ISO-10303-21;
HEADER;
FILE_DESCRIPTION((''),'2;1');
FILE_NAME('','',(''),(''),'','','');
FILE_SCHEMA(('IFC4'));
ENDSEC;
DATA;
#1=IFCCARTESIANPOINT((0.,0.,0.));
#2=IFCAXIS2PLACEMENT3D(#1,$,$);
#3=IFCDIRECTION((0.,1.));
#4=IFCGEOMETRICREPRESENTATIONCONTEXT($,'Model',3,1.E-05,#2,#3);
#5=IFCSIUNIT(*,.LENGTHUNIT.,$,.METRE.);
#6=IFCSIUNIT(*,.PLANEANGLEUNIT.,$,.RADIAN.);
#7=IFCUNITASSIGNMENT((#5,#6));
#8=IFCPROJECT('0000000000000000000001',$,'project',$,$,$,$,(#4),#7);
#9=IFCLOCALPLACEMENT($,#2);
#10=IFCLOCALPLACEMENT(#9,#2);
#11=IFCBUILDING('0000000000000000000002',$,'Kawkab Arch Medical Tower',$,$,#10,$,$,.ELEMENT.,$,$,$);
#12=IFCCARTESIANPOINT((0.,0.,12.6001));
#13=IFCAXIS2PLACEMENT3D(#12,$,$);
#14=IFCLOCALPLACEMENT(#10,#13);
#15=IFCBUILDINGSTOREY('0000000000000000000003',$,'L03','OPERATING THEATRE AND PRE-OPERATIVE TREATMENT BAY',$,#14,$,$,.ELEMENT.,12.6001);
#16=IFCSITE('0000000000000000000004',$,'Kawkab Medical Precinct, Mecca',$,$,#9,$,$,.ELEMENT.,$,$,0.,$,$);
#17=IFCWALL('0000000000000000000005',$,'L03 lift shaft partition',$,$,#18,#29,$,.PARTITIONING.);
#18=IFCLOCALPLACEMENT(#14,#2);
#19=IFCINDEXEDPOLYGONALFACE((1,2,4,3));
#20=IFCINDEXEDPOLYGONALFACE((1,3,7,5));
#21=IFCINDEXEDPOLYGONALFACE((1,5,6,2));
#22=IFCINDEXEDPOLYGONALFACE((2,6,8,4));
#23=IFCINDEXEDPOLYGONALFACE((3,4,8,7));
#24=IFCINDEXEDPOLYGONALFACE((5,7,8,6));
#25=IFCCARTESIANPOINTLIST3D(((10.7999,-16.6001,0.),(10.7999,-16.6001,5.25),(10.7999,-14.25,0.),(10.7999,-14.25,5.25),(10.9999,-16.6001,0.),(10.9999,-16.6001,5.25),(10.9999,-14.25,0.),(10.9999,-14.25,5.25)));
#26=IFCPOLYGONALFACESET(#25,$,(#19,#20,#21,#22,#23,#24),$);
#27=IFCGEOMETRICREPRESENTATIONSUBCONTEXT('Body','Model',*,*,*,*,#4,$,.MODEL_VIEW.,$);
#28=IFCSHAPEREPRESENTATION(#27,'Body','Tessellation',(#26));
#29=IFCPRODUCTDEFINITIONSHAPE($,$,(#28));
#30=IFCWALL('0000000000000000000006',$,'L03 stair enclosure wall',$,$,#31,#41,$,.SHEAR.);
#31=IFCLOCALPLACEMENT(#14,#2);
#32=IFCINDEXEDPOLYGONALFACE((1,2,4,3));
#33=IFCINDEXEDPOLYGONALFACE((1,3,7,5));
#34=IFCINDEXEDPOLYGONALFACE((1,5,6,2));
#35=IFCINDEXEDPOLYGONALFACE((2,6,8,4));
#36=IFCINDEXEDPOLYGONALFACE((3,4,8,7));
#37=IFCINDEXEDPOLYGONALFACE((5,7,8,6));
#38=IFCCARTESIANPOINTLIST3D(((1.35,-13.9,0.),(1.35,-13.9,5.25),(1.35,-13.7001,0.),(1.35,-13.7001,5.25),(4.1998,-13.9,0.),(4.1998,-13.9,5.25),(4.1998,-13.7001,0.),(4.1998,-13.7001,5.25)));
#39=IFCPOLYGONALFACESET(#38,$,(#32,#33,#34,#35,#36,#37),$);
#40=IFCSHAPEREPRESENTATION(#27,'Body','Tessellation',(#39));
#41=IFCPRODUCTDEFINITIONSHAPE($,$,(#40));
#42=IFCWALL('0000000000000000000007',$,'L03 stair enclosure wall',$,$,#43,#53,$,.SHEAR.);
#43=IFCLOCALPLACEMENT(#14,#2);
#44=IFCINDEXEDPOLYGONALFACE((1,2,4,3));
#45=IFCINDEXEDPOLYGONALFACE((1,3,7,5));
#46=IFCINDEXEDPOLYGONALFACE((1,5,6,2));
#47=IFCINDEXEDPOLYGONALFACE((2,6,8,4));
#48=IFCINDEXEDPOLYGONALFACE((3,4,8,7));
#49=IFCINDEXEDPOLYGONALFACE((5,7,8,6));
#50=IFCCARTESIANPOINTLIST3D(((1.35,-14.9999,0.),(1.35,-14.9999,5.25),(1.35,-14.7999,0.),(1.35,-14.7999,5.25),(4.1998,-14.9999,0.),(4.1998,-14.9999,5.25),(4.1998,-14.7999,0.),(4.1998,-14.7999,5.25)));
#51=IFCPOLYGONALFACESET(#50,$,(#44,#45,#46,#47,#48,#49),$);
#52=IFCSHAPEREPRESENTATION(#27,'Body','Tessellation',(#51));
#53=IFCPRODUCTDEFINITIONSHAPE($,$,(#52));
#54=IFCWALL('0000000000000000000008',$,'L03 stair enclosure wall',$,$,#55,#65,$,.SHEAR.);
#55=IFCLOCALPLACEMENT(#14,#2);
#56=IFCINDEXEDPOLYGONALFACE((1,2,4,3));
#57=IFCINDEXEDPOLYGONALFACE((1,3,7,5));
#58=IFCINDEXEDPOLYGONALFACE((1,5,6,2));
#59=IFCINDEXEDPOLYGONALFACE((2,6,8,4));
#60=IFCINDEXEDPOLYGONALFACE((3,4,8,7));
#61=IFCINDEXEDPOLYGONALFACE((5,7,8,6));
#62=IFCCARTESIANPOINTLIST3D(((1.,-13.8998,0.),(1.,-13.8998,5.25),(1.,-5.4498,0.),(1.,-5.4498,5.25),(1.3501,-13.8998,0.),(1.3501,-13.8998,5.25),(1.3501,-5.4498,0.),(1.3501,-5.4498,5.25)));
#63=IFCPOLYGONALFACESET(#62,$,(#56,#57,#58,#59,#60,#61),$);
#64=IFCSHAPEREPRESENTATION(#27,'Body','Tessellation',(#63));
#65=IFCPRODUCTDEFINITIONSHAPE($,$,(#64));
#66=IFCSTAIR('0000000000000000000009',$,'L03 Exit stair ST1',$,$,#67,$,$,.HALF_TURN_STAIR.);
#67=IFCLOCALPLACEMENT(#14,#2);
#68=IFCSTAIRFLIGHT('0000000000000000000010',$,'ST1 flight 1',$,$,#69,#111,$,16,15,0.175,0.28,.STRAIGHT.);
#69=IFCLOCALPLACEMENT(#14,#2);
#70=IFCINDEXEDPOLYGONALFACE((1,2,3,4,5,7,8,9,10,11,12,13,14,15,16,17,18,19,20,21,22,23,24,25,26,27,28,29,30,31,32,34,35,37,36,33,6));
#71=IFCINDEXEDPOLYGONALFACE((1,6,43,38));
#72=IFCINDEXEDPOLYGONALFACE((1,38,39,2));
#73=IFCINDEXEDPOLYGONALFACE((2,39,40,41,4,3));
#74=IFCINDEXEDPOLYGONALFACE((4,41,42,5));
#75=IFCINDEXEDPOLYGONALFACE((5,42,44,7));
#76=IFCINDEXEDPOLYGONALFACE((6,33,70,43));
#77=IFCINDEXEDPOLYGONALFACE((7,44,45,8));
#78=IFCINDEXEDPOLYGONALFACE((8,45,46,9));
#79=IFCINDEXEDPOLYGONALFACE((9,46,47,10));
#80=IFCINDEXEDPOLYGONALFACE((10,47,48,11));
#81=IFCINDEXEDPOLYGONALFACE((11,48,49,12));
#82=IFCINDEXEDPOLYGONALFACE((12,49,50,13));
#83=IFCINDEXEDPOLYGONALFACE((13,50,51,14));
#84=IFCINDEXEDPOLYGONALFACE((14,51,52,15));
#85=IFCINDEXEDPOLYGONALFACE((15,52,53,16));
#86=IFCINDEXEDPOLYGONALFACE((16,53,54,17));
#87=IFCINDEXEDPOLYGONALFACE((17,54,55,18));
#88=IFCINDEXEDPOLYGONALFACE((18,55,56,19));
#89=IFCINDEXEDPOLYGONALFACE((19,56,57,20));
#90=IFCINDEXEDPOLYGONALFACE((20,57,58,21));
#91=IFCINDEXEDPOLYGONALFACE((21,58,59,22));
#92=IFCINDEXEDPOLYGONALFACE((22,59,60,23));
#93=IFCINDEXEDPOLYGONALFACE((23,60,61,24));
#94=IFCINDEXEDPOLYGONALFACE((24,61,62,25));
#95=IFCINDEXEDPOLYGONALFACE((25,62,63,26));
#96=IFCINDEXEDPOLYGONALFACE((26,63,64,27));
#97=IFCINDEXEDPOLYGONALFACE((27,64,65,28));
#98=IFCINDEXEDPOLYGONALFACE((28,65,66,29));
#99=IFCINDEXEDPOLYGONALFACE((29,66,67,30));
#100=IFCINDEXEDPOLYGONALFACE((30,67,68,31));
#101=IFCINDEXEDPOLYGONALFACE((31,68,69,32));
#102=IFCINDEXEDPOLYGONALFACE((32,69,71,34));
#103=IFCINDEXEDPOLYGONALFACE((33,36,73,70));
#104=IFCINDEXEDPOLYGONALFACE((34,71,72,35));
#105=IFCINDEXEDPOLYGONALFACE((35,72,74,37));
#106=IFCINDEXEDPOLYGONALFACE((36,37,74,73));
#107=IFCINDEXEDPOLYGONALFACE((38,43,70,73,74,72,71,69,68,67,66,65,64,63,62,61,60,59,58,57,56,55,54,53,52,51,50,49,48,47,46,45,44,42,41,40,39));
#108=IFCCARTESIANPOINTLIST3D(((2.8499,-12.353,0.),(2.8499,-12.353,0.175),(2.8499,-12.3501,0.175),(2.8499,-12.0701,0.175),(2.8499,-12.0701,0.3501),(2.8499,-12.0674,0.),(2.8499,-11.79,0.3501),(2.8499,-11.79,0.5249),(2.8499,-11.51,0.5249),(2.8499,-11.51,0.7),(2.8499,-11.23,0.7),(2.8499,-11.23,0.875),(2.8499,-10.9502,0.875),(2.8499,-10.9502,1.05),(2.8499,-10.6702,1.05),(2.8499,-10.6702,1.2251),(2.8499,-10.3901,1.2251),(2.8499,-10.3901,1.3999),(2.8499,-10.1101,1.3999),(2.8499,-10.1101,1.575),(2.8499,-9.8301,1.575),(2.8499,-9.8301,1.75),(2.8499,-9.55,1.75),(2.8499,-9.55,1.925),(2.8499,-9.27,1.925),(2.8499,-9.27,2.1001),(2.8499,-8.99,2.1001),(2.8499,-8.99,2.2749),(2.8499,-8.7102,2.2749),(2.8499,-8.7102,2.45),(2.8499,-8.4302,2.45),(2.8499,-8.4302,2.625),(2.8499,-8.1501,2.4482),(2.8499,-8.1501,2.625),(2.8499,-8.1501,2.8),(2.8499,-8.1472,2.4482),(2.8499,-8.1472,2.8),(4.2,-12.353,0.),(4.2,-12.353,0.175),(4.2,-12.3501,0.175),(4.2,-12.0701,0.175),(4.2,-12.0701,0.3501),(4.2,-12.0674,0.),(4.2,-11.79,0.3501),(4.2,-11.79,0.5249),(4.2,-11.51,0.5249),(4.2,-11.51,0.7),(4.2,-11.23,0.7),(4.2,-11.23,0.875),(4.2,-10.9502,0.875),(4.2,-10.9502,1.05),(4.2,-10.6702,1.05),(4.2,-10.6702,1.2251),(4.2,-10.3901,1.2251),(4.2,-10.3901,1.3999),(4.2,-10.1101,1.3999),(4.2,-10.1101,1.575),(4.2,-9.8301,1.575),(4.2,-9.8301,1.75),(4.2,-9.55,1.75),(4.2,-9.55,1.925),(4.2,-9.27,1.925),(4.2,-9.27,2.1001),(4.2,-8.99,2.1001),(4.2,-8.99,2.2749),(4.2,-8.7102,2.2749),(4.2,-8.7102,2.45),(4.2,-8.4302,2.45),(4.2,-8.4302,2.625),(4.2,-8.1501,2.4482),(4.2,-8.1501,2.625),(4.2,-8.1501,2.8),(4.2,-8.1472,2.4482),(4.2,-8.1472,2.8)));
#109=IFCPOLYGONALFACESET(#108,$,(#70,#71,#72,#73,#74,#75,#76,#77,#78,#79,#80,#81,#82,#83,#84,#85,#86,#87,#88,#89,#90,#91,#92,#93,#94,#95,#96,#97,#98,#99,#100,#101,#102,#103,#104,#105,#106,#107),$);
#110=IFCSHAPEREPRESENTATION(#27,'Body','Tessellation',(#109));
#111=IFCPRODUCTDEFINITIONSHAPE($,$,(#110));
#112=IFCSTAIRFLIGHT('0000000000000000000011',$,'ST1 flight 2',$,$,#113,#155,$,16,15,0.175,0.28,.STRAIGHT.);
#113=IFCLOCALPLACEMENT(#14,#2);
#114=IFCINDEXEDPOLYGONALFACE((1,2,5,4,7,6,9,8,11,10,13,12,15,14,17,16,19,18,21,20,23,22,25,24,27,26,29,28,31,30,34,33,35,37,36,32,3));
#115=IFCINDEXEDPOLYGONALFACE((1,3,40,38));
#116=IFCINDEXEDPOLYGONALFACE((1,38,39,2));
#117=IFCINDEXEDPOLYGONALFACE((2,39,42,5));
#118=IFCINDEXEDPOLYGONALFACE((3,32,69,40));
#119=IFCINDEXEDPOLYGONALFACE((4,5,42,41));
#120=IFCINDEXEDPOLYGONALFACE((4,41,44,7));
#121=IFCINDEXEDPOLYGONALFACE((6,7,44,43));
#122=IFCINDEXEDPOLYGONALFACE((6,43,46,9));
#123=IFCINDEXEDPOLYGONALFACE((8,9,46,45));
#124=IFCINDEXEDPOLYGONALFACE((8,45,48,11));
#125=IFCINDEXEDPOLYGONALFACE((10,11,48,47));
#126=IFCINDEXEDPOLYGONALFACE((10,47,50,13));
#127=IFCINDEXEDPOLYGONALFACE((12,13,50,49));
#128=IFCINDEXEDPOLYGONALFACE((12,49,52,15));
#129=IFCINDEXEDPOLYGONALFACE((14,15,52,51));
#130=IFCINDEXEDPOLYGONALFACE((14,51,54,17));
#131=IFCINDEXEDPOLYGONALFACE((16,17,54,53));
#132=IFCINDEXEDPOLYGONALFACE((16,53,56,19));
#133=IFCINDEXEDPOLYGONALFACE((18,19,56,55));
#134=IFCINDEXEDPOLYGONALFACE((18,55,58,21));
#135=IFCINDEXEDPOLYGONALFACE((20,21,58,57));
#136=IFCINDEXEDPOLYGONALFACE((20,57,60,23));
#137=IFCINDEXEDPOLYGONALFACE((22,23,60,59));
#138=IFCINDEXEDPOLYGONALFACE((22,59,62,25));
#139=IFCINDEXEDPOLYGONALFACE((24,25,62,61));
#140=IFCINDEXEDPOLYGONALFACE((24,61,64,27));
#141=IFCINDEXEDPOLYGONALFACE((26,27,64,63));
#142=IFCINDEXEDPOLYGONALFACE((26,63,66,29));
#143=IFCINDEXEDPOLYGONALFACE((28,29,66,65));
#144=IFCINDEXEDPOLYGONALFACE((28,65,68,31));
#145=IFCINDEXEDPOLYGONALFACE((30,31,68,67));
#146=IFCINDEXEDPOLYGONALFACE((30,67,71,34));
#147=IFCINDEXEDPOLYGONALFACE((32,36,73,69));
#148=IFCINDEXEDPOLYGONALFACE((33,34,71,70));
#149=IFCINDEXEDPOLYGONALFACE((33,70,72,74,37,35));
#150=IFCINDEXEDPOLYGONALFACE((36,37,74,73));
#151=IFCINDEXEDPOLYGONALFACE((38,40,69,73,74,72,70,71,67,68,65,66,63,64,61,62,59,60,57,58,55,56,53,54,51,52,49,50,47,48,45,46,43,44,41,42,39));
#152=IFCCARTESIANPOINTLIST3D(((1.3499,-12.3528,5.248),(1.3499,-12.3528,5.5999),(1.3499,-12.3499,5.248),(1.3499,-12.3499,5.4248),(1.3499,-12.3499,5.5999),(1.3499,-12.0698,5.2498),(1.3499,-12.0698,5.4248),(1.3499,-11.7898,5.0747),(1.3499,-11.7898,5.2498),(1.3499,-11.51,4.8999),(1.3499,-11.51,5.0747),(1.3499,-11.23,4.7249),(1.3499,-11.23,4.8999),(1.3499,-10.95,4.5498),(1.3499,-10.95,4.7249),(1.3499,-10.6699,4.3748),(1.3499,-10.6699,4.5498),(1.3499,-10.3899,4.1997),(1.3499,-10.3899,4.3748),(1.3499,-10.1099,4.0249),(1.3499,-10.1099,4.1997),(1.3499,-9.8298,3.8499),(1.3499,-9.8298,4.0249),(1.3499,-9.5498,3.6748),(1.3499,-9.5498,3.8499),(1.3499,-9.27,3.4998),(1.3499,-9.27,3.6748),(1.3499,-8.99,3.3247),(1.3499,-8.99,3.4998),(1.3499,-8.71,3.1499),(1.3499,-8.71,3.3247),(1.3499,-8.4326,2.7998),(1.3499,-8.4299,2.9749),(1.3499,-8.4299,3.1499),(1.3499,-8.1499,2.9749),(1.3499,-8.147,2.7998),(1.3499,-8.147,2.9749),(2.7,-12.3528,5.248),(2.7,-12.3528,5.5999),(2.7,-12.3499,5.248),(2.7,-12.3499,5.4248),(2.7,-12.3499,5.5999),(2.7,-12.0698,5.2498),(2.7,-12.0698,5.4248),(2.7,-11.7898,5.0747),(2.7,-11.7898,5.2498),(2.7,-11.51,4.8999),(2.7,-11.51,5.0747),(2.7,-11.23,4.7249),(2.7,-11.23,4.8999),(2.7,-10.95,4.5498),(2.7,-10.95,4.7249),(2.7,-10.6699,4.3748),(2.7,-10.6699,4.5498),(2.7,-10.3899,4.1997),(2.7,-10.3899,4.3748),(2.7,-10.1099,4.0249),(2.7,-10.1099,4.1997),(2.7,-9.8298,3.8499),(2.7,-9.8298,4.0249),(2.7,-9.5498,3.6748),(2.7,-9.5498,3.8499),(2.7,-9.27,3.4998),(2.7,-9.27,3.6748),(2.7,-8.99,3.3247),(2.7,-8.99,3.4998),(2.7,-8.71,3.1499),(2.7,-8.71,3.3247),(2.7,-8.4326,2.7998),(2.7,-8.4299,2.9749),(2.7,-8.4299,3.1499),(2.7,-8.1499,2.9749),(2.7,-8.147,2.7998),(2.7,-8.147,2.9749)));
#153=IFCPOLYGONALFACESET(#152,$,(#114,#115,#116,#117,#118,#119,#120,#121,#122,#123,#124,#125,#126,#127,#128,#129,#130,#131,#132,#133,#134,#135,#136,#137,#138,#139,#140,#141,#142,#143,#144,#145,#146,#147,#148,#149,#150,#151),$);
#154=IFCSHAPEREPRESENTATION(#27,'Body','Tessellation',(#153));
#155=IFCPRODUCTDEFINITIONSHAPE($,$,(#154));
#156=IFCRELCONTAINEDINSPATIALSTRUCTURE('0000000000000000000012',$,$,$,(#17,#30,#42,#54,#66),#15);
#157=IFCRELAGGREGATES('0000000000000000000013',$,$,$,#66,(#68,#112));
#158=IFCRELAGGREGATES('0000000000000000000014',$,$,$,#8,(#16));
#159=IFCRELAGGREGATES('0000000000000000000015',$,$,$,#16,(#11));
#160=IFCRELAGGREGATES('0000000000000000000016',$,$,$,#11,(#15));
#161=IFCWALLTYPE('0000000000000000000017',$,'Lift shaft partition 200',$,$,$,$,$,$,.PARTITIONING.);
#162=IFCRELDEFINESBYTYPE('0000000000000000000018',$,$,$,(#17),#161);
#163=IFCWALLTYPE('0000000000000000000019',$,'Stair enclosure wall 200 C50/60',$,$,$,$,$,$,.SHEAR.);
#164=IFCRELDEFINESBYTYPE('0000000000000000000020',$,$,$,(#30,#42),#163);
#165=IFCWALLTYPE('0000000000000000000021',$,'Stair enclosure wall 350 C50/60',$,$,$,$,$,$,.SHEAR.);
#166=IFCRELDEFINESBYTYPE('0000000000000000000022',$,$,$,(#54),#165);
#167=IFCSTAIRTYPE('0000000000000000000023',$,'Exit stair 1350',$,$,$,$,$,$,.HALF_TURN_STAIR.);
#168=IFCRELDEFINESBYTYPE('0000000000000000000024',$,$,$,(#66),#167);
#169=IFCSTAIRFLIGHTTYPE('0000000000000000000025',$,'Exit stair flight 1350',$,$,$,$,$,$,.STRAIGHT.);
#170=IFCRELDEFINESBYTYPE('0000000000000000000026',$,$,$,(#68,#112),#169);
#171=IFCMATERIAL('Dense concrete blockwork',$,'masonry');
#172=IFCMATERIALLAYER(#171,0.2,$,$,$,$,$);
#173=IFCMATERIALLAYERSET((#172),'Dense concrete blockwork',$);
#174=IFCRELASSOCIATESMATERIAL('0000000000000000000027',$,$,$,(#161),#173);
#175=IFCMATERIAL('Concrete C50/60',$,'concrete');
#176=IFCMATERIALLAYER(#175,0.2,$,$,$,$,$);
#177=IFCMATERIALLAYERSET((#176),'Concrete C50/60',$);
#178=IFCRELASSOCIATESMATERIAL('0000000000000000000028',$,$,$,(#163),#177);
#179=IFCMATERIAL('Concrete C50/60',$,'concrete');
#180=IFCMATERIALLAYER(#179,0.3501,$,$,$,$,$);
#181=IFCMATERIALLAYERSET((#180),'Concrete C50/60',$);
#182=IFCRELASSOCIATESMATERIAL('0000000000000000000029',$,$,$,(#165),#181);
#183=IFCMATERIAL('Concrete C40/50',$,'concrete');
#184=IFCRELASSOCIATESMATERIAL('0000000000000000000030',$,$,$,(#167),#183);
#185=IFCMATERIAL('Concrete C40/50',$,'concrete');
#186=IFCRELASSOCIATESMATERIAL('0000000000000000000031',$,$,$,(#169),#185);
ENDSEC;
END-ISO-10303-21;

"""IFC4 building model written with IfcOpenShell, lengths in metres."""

from ifc_helpers import new_model, si_unit, direction, frame, frame_2d, origin, place, context, subcontext, project, spatial, polyline, rectangle, outline, extrude, material, layer, layer_set, type_object, element, aggregate, save


model = new_model("IFC4")

# Units and contexts
model_context = context("Model", 3, precision=1e-05, world=origin(), true_north=direction((0.0, 1.0)))
body_context = subcontext(model_context, "Body", "Model", "MODEL_VIEW")
ifc_project = project(units=[si_unit("LENGTHUNIT", "METRE"), si_unit("PLANEANGLEUNIT", "RADIAN")], contexts=[model_context])

# Site, building, storey
site_placement = place(None, origin())
site = spatial("IfcSite", under=ifc_project, at=site_placement, Name="Kawkab Medical Precinct, Mecca", CompositionType="ELEMENT", RefElevation=0.0)
building_placement = place(site_placement, origin())
building = spatial("IfcBuilding", under=site, at=building_placement, Name="Kawkab Arch Medical Tower", CompositionType="ELEMENT")
storey_placement = place(building_placement, frame((0.0, 0.0, 12.6001)))
storey = spatial("IfcBuildingStorey", under=building, at=storey_placement, Name="L03", Description="OPERATING THEATRE AND PRE-OPERATIVE TREATMENT BAY", CompositionType="ELEMENT", Elevation=12.6001)

# Walls
ifc_material_1 = material(Name="Dense concrete blockwork", Category="masonry")
ifc_layer_1 = layer(ifc_material_1, 0.2)
ifc_layer_set_1 = layer_set([ifc_layer_1], Name="Dense concrete blockwork")
wall_type_1 = type_object("IfcWallType", Name="Lift shaft partition 200", PredefinedType="PARTITIONING", material=ifc_layer_set_1)
for number, where, z_axis, x_axis, name in (
    (1, (10.8999, -16.6001, 0.0), (0.0, 0.0, 1.0), (0.0, 1.0, 0.0), "L03 lift shaft partition"),
):
    element("IfcWall", number, at=place(storey_placement, frame(where, z_axis=z_axis, x_axis=x_axis)), inside=storey, type_object=wall_type_1, Name=name, PredefinedType="PARTITIONING", context=body_context, shape_type="SweptSolid", body=[
        extrude(rectangle(XDim=2.3501, YDim=0.2, at=frame_2d((1.175, 0.0))), origin(), (0.0, 0.0, 1.0), 5.25),
    ])
ifc_material_2 = material(Name="Concrete C50/60", Category="concrete")
ifc_layer_2 = layer(ifc_material_2, 0.2)
ifc_layer_set_2 = layer_set([ifc_layer_2], Name="Concrete C50/60")
wall_type_2 = type_object("IfcWallType", Name="Stair enclosure wall 200 C50/60", PredefinedType="SHEAR", material=ifc_layer_set_2)
for number, where, z_axis, x_axis, name in (
    (2, (1.3501, -13.8, 0.0), (0.0, 0.0, 1.0), (1.0, 0.0, 0.0), "L03 stair enclosure wall"),
    (3, (1.3501, -14.8999, 0.0), (0.0, 0.0, 1.0), (1.0, 0.0, 0.0), "L03 stair enclosure wall"),
):
    element("IfcWall", number, at=place(storey_placement, frame(where, z_axis=z_axis, x_axis=x_axis)), inside=storey, type_object=wall_type_2, Name=name, PredefinedType="SHEAR", context=body_context, shape_type="SweptSolid", body=[
        extrude(rectangle(XDim=2.8499, YDim=0.2, at=frame_2d((1.4248, 0.0))), origin(), (0.0, 0.0, 1.0), 5.25),
    ])
ifc_material_3 = material(Name="Concrete C50/60", Category="concrete")
ifc_layer_3 = layer(ifc_material_3, 0.3501)
ifc_layer_set_3 = layer_set([ifc_layer_3], Name="Concrete C50/60")
wall_type_3 = type_object("IfcWallType", Name="Stair enclosure wall 350 C50/60", PredefinedType="SHEAR", material=ifc_layer_set_3)
wall_1_placement = place(storey_placement, frame((1.175, -13.8999, 0.0), z_axis=(0.0, 0.0, 1.0), x_axis=(0.0, 1.0, 0.0)))
element("IfcWall", 4, at=wall_1_placement, inside=storey, type_object=wall_type_3, Name="L03 stair enclosure wall", PredefinedType="SHEAR", context=body_context, shape_type="SweptSolid", body=[
    extrude(rectangle(XDim=8.45, YDim=0.3501, at=frame_2d((4.2251, 0.0))), origin(), (0.0, 0.0, 1.0), 5.25),
])

# Stair, stair flights
ifc_material_4 = material(Name="Concrete C40/50", Category="concrete")
stair_type = type_object("IfcStairType", Name="Exit stair 1350", PredefinedType="HALF_TURN_STAIR", material=ifc_material_4)
stair_placement = place(storey_placement, origin())
stair = element("IfcStair", 5, at=stair_placement, inside=storey, type_object=stair_type, Name="L03 Exit stair ST1", PredefinedType="HALF_TURN_STAIR")
ifc_material_5 = material(Name="Concrete C40/50", Category="concrete")
stair_flight_type = type_object("IfcStairFlightType", Name="Exit stair flight 1350", PredefinedType="STRAIGHT", material=ifc_material_5)
stair_flight_1_placement = place(storey_placement, frame((3.5249, -12.3501, 0.0), z_axis=(0.0, 0.0, 1.0), x_axis=(0.0, 1.0, 0.0)))
stair_flight_1 = element("IfcStairFlight", 6, at=stair_flight_1_placement, type_object=stair_flight_type, Name="ST1 flight 1", NumberOfRisers=16, NumberOfTreads=15, PredefinedType="STRAIGHT", RiserHeight=0.175, TreadLength=0.28, context=body_context, shape_type="SweptSolid", body=[
    extrude(outline(polyline([(-0.0029, 0.0), (-0.0029, 0.175), (0.0, 0.175), (0.28, 0.175), (0.28, 0.3501), (0.5601, 0.3501), (0.5601, 0.5249), (0.8401, 0.5249), (0.8401, 0.7), (1.1201, 0.7), (1.1201, 0.875), (1.3999, 0.875), (1.3999, 1.05), (1.6799, 1.05), (1.6799, 1.2251), (1.96, 1.2251), (1.96, 1.3999), (2.24, 1.3999), (2.24, 1.575), (2.52, 1.575), (2.52, 1.75), (2.8, 1.75), (2.8, 1.925), (3.0801, 1.925), (3.0801, 2.1001), (3.3601, 2.1001), (3.3601, 2.2749), (3.6399, 2.2749), (3.6399, 2.45), (3.9199, 2.45), (3.9199, 2.625), (4.2, 2.625), (4.2, 2.8), (4.2029, 2.8), (4.2029, 2.4482), (4.2, 2.4482), (0.2827, 0.0), (-0.0029, 0.0)])), frame((0.0, 0.675, 0.0), z_axis=(0.0, -1.0, 0.0), x_axis=(1.0, 0.0, 0.0)), (0.0, 0.0, 1.0), 1.3501),
])
stair_flight_2_placement = place(storey_placement, frame((2.0249, -8.1499, 2.7998), z_axis=(0.0, 0.0, 1.0), x_axis=(0.0, -1.0, 0.0)))
stair_flight_2 = element("IfcStairFlight", 7, at=stair_flight_2_placement, type_object=stair_flight_type, Name="ST1 flight 2", NumberOfRisers=16, NumberOfTreads=15, PredefinedType="STRAIGHT", RiserHeight=0.175, TreadLength=0.28, context=body_context, shape_type="SweptSolid", body=[
    extrude(outline(polyline([(-0.0029, 0.0), (-0.0029, 0.175), (0.0, 0.175), (0.28, 0.175), (0.28, 0.3501), (0.5601, 0.3501), (0.5601, 0.5249), (0.8401, 0.5249), (0.8401, 0.7), (1.1201, 0.7), (1.1201, 0.875), (1.3999, 0.875), (1.3999, 1.05), (1.6799, 1.05), (1.6799, 1.2251), (1.96, 1.2251), (1.96, 1.3999), (2.24, 1.3999), (2.24, 1.575), (2.52, 1.575), (2.52, 1.75), (2.8, 1.75), (2.8, 1.925), (3.0801, 1.925), (3.0801, 2.1001), (3.3601, 2.1001), (3.3601, 2.2749), (3.6399, 2.2749), (3.6399, 2.45), (3.9199, 2.45), (3.9199, 2.625), (4.2, 2.625), (4.2, 2.8), (4.2029, 2.8), (4.2029, 2.4482), (4.2, 2.4482), (0.2827, 0.0), (-0.0029, 0.0)])), frame((0.0, 0.675, 0.0), z_axis=(0.0, -1.0, 0.0), x_axis=(1.0, 0.0, 0.0)), (0.0, 0.0, 1.0), 1.3501),
])
aggregate(stair, [stair_flight_1, stair_flight_2])

save(model, "model.ifc")
